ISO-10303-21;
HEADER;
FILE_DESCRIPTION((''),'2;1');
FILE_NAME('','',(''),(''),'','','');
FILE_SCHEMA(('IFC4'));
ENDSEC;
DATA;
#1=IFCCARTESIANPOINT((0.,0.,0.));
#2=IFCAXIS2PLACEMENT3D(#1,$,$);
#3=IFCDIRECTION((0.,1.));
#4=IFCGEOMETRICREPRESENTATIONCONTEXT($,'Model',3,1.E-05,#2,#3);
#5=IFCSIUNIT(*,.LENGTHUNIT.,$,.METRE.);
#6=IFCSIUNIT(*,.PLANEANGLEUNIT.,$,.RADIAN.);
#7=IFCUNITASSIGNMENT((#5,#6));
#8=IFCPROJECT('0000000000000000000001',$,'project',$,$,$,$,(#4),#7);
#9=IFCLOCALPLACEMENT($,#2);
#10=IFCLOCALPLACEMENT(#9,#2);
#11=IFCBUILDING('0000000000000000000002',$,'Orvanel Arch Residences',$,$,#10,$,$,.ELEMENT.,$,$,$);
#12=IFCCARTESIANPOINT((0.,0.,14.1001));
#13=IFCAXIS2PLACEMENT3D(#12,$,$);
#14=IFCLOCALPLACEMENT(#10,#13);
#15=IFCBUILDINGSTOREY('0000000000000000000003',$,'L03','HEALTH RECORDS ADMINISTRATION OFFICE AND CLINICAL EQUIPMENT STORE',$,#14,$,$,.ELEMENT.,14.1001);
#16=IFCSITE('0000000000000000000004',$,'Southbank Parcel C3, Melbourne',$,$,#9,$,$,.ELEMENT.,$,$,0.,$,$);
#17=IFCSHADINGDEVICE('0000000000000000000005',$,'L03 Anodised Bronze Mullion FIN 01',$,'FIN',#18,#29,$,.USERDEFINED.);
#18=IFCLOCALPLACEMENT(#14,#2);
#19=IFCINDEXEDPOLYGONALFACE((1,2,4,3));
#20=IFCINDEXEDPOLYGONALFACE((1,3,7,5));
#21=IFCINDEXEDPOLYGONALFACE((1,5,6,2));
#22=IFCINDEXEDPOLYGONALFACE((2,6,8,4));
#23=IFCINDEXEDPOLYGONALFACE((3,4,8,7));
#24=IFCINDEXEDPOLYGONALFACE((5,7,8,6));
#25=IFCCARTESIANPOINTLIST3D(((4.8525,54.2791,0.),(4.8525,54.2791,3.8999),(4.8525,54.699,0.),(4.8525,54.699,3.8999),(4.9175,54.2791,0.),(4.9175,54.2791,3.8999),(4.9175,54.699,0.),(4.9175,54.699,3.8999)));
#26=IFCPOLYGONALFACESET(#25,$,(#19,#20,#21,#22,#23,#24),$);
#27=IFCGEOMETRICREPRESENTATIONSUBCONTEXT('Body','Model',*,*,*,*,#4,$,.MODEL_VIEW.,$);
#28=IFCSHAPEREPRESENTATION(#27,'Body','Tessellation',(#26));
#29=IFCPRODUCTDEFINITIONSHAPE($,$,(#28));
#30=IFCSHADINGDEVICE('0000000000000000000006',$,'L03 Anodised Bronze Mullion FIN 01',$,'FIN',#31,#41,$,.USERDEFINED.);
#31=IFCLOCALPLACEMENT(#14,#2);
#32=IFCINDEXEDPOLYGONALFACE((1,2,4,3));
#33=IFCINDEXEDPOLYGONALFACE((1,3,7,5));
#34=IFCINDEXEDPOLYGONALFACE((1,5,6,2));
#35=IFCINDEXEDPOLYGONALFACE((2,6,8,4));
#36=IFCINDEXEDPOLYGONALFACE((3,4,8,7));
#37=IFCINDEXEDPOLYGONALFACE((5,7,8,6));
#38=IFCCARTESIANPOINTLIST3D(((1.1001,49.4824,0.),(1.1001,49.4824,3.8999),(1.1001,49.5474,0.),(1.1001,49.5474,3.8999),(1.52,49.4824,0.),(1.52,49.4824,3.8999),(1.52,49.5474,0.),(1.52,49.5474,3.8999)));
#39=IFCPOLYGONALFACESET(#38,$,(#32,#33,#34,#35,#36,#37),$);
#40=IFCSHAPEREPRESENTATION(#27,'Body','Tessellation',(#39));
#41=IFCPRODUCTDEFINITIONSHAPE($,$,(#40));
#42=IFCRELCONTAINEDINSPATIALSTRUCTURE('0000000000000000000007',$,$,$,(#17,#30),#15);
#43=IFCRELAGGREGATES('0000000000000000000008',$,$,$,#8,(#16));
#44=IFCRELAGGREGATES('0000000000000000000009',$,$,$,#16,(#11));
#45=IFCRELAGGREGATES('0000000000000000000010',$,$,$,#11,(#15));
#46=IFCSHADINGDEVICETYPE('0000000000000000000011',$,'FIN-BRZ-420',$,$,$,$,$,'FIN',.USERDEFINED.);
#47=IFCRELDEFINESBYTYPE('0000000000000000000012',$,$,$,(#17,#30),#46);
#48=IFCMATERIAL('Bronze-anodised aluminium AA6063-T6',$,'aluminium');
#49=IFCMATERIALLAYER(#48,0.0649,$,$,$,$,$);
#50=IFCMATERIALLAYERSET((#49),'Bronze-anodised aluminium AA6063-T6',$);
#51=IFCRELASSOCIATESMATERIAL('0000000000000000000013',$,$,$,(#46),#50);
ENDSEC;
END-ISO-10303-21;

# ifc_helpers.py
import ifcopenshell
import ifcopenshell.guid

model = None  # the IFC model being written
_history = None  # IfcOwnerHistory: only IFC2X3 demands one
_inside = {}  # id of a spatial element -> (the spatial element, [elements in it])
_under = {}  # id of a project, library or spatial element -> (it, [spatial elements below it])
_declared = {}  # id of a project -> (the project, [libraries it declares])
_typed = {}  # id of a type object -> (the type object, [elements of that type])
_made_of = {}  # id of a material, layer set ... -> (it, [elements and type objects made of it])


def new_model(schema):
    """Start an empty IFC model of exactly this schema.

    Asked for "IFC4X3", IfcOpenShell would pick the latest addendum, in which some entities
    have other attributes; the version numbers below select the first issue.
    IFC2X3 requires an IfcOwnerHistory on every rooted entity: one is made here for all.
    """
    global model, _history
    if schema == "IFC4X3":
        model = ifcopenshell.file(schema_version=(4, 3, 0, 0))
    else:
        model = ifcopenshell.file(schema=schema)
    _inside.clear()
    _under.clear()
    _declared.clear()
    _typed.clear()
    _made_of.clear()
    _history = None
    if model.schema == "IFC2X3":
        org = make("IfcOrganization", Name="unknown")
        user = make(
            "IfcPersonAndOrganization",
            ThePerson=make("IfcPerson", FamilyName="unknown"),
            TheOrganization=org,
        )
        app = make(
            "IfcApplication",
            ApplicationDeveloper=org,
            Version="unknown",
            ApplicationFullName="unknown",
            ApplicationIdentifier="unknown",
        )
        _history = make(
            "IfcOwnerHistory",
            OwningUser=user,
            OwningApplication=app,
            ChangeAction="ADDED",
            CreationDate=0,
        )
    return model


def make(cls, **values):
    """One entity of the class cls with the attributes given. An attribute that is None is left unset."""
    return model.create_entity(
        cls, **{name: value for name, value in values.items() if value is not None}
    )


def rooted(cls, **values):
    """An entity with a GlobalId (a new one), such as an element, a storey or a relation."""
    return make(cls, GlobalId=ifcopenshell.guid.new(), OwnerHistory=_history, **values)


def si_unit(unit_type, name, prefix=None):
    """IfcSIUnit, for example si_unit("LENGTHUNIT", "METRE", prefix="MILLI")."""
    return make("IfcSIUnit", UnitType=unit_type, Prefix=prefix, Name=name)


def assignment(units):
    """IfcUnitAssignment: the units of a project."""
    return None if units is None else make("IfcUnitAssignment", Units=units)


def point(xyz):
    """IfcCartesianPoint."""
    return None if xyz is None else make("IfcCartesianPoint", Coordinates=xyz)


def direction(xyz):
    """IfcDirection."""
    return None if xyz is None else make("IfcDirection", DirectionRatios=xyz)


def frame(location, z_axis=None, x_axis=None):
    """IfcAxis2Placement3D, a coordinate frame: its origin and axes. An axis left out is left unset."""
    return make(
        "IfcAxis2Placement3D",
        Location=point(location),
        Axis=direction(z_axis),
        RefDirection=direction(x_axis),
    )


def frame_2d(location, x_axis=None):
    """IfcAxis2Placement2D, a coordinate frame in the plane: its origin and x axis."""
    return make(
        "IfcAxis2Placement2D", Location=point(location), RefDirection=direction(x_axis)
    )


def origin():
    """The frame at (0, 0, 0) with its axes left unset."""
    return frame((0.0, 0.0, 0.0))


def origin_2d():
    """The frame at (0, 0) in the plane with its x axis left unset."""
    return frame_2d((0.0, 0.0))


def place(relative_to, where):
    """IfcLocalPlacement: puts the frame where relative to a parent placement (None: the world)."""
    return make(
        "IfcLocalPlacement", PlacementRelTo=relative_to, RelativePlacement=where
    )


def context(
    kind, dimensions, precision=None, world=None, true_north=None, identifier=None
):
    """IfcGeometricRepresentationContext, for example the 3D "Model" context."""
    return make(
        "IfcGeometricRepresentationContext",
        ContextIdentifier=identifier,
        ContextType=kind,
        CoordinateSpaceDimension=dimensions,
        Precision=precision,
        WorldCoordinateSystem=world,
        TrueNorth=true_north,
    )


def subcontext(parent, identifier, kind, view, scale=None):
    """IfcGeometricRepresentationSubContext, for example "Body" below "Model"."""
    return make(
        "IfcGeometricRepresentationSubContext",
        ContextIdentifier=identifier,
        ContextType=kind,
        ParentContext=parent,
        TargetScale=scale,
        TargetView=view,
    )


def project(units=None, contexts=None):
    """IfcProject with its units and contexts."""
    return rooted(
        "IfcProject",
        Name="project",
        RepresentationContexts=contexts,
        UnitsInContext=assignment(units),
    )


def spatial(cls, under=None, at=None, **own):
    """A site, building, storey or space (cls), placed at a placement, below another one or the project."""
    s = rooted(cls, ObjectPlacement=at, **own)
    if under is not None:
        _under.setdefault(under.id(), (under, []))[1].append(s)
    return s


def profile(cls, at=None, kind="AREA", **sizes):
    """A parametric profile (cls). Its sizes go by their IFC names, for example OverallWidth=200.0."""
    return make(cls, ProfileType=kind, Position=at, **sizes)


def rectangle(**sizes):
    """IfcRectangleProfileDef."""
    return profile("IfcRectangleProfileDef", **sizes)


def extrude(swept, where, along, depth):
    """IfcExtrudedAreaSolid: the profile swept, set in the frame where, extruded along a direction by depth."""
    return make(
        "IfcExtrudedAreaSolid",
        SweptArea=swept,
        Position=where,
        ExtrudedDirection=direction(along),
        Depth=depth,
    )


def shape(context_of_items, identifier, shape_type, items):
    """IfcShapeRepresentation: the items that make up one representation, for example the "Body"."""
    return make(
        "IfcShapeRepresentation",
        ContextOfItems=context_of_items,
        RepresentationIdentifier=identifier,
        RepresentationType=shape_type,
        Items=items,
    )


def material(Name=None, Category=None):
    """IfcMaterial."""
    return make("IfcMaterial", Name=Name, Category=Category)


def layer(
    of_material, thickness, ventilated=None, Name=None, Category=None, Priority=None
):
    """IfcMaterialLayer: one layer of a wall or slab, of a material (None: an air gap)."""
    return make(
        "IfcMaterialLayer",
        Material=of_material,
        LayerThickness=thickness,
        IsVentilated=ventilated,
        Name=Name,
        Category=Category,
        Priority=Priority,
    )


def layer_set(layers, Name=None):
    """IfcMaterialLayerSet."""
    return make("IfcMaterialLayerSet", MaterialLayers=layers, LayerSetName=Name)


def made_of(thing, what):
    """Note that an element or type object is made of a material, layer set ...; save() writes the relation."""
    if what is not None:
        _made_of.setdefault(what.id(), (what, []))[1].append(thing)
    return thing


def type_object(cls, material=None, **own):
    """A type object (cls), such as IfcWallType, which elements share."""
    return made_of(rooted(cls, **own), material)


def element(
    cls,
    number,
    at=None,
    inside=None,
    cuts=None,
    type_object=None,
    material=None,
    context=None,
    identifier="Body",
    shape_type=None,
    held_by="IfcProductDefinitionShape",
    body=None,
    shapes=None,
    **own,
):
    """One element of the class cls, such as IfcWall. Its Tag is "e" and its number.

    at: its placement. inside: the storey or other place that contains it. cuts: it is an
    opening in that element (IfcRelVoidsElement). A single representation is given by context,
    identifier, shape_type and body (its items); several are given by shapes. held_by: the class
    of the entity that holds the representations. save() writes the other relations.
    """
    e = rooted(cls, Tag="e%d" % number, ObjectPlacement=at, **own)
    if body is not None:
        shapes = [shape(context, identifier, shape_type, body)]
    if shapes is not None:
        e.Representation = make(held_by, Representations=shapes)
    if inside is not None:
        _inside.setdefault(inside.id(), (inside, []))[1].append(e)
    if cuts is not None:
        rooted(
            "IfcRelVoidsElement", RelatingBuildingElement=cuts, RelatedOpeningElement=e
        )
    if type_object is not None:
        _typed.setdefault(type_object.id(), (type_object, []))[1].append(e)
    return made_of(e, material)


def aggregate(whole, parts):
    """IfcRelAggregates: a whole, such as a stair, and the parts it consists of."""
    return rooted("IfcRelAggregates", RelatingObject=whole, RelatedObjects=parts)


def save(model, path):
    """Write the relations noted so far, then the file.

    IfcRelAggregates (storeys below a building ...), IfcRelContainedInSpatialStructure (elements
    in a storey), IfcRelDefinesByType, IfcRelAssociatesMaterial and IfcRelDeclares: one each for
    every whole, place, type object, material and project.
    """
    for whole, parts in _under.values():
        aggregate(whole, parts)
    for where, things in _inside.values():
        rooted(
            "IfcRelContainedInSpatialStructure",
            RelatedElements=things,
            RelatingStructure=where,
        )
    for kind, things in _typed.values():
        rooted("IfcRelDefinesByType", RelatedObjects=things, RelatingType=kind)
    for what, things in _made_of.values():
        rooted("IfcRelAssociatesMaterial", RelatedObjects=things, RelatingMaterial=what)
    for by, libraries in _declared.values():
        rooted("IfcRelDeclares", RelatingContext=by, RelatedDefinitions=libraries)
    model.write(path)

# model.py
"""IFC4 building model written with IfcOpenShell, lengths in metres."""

from ifc_helpers import new_model, si_unit, direction, frame, origin, origin_2d, place, context, subcontext, project, spatial, rectangle, extrude, material, layer, layer_set, type_object, element, save


model = new_model("IFC4")

# Units and contexts
model_context = context("Model", 3, precision=1e-05, world=origin(), true_north=direction((0.0, 1.0)))
body_context = subcontext(model_context, "Body", "Model", "MODEL_VIEW")
ifc_project = project(units=[si_unit("LENGTHUNIT", "METRE"), si_unit("PLANEANGLEUNIT", "RADIAN")], contexts=[model_context])

# Site, building, storey
site_placement = place(None, origin())
site = spatial("IfcSite", under=ifc_project, at=site_placement, Name="Southbank Parcel C3, Melbourne", CompositionType="ELEMENT", RefElevation=0.0)
building_placement = place(site_placement, origin())
building = spatial("IfcBuilding", under=site, at=building_placement, Name="Orvanel Arch Residences", CompositionType="ELEMENT")
storey_placement = place(building_placement, frame((0.0, 0.0, 14.1001)))
storey = spatial("IfcBuildingStorey", under=building, at=storey_placement, Name="L03", Description="HEALTH RECORDS ADMINISTRATION OFFICE AND CLINICAL EQUIPMENT STORE", CompositionType="ELEMENT", Elevation=14.1001)

# Shared definitions
ifc_material_1 = material(Name="Bronze-anodised aluminium AA6063-T6", Category="aluminium")

# Shading devices
ifc_layer_1 = layer(ifc_material_1, 0.0649)
ifc_layer_set_1 = layer_set([ifc_layer_1], Name="Bronze-anodised aluminium AA6063-T6")
shading_device_type = type_object("IfcShadingDeviceType", Name="FIN-BRZ-420", ElementType="FIN", PredefinedType="USERDEFINED", material=ifc_layer_set_1)
for number, where, z_axis, x_axis, name in (
    (1, (4.885, 54.489, 0.0), (0.0, 0.0, 1.0), (0.0, 1.0, 0.0), "L03 Anodised Bronze Mullion FIN 01"),
    (2, (1.3101, 49.5149, 0.0), (0.0, 0.0, 1.0), (-1.0, 0.0, 0.0), "L03 Anodised Bronze Mullion FIN 01"),
):
    element("IfcShadingDevice", number, at=place(storey_placement, frame(where, z_axis=z_axis, x_axis=x_axis)), inside=storey, type_object=shading_device_type, Name=name, ObjectType="FIN", PredefinedType="USERDEFINED", context=body_context, shape_type="SweptSolid", body=[
        extrude(rectangle(XDim=0.4199, YDim=0.0649, at=origin_2d()), origin(), (0.0, 0.0, 1.0), 3.8999),
    ])

save(model, "model.ifc")
